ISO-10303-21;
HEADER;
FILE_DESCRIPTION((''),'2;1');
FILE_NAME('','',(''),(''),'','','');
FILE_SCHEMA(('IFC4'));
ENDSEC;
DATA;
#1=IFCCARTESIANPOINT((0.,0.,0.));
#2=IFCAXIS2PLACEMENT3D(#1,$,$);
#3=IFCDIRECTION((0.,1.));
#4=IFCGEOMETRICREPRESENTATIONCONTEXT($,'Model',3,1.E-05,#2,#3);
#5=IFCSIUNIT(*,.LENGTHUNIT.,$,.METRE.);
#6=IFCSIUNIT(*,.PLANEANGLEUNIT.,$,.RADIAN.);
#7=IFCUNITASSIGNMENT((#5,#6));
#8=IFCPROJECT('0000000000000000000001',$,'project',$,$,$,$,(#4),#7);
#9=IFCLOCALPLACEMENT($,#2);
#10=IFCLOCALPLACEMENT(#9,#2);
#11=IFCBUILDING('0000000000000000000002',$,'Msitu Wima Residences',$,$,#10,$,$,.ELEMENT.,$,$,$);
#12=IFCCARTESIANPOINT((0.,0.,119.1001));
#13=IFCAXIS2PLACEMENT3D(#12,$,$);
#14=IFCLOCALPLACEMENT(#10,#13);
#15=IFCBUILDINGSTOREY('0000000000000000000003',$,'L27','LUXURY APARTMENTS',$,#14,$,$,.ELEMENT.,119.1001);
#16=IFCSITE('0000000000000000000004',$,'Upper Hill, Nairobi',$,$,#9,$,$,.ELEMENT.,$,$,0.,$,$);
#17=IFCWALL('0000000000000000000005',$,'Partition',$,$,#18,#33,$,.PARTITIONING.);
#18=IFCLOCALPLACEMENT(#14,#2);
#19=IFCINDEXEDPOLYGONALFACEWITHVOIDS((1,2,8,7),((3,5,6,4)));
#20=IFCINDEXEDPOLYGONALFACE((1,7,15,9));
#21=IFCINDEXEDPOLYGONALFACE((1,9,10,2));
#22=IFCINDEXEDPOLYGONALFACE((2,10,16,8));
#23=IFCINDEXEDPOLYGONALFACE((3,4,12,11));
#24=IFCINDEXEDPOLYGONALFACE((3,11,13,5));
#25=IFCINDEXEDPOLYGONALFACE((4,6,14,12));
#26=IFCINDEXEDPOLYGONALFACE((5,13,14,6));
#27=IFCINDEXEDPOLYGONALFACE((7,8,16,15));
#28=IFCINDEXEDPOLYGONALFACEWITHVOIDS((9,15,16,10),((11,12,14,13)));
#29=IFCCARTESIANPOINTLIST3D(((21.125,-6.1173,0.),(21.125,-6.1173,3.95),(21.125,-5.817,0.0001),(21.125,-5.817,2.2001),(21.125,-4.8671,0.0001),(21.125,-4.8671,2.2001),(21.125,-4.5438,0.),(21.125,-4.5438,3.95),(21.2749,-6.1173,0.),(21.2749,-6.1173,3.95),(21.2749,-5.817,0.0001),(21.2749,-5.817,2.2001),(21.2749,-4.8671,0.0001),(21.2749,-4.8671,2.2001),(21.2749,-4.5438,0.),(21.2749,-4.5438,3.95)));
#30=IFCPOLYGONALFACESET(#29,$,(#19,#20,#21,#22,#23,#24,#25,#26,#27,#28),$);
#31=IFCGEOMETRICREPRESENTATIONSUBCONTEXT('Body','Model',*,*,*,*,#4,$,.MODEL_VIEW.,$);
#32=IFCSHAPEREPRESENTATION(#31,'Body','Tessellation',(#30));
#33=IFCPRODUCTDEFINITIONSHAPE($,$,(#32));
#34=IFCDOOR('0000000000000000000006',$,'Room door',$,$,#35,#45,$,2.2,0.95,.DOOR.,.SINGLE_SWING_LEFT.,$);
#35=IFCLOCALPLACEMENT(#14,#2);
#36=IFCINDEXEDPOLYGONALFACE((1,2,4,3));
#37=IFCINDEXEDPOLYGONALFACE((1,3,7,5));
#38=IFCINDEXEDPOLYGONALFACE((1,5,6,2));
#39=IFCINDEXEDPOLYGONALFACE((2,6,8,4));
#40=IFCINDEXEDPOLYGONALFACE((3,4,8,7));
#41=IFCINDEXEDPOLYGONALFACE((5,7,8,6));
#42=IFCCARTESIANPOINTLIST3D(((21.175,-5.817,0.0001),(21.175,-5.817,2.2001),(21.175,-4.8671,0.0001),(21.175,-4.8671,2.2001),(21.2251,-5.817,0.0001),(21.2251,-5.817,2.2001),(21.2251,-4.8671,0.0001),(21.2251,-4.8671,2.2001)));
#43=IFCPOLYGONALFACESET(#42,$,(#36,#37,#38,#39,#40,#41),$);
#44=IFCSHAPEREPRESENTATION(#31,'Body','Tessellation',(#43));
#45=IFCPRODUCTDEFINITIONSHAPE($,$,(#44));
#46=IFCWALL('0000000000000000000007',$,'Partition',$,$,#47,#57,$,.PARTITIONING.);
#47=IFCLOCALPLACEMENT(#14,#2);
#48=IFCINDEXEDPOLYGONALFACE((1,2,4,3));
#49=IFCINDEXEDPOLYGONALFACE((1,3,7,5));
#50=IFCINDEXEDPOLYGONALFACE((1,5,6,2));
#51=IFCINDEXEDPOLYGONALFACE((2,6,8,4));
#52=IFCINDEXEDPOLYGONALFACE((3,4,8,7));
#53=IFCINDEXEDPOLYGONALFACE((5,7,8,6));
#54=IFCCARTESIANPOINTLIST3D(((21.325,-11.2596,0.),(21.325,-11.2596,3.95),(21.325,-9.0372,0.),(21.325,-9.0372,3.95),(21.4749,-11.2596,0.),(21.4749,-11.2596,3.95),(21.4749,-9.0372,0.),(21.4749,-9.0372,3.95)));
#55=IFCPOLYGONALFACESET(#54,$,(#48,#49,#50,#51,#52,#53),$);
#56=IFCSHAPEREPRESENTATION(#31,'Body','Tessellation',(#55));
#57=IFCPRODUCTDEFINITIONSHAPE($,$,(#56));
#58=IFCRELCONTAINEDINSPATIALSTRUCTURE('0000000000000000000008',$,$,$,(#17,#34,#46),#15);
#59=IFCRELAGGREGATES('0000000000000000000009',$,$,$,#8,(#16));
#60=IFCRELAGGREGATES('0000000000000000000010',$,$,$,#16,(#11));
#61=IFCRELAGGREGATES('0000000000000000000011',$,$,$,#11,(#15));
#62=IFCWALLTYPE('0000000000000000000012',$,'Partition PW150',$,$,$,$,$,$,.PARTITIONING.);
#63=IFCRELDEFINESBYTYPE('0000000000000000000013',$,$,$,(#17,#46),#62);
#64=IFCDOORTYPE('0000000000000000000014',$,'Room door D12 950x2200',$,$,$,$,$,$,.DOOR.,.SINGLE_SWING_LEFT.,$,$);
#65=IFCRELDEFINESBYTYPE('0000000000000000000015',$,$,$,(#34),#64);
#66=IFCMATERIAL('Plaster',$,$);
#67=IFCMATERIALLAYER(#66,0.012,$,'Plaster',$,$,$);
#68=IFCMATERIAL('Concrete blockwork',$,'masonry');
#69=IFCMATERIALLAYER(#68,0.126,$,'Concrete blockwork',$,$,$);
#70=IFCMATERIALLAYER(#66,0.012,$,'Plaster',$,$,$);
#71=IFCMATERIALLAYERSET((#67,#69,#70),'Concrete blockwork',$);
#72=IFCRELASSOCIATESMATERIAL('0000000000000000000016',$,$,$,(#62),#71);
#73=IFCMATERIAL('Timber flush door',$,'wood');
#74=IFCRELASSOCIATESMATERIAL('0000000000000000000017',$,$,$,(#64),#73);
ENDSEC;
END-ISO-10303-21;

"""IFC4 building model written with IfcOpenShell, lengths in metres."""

from ifc_helpers import new_model, si_unit, direction, frame, frame_2d, origin, place, context, subcontext, project, spatial, rectangle, extrude, material, layer, layer_set, type_object, element, fill, save


model = new_model("IFC4")

# Units and contexts
model_context = context("Model", 3, precision=1e-05, world=origin(), true_north=direction((0.0, 1.0)))
body_context = subcontext(model_context, "Body", "Model", "MODEL_VIEW")
ifc_project = project(units=[si_unit("LENGTHUNIT", "METRE"), si_unit("PLANEANGLEUNIT", "RADIAN")], contexts=[model_context])

# Site, building, storey
site_placement = place(None, origin())
site = spatial("IfcSite", under=ifc_project, at=site_placement, Name="Upper Hill, Nairobi", CompositionType="ELEMENT", RefElevation=0.0)
building_placement = place(site_placement, origin())
building = spatial("IfcBuilding", under=site, at=building_placement, Name="Msitu Wima Residences", CompositionType="ELEMENT")
storey_placement = place(building_placement, frame((0.0, 0.0, 119.1001)))
storey = spatial("IfcBuildingStorey", under=building, at=storey_placement, Name="L27", Description="LUXURY APARTMENTS", CompositionType="ELEMENT", Elevation=119.1001)

# Wall, opening, door
ifc_material_1 = material(Name="Plaster")
ifc_layer_1 = layer(ifc_material_1, 0.012, Name="Plaster")
ifc_material_2 = material(Name="Concrete blockwork", Category="masonry")
ifc_layer_2 = layer(ifc_material_2, 0.126, Name="Concrete blockwork")
ifc_layer_3 = layer(ifc_material_1, 0.012, Name="Plaster")
ifc_layer_set_1 = layer_set([ifc_layer_1, ifc_layer_2, ifc_layer_3], Name="Concrete blockwork")
wall_type_1 = type_object("IfcWallType", Name="Partition PW150", PredefinedType="PARTITIONING", material=ifc_layer_set_1)
wall_1_placement = place(storey_placement, frame((21.2, -6.1172, 0.0), z_axis=(0.0, 0.0, 1.0), x_axis=(0.0, 1.0, 0.0)))
wall_1 = element("IfcWall", 1, at=wall_1_placement, inside=storey, type_object=wall_type_1, Name="Partition", PredefinedType="PARTITIONING", context=body_context, shape_type="SweptSolid", body=[
    extrude(rectangle(XDim=1.5735, YDim=0.1499, at=frame_2d((0.7866, 0.0))), origin(), (0.0, 0.0, 1.0), 3.95),
])
opening_1_placement = place(wall_1_placement, frame((0.3, 0.0, 0.0)))
opening_1 = element("IfcOpeningElement", 2, at=opening_1_placement, cuts=wall_1, PredefinedType="OPENING", context=body_context, shape_type="SweptSolid", body=[
    extrude(rectangle(XDim=0.95, YDim=2.2, at=frame_2d((0.4751, 1.1001))), frame((0.0, 0.085, 0.0), z_axis=(0.0, -1.0, 0.0), x_axis=(1.0, 0.0, 0.0)), (0.0, 0.0, 1.0), 0.1699),
])
ifc_material_3 = material(Name="Timber flush door", Category="wood")
door_type = type_object("IfcDoorType", Name="Room door D12 950x2200", OperationType="SINGLE_SWING_LEFT", PredefinedType="DOOR", material=ifc_material_3)
door_placement = place(opening_1_placement, origin())
door = element("IfcDoor", 3, at=door_placement, inside=storey, type_object=door_type, Name="Room door", OperationType="SINGLE_SWING_LEFT", OverallHeight=2.2, OverallWidth=0.95, PredefinedType="DOOR", context=body_context, shape_type="SweptSolid", body=[
    extrude(rectangle(XDim=0.95, YDim=2.2, at=frame_2d((0.4751, 1.1001))), frame((0.0, 0.0249, 0.0), z_axis=(0.0, -1.0, 0.0), x_axis=(1.0, 0.0, 0.0)), (0.0, 0.0, 1.0), 0.05),
])
fill(opening_1, door)

# Wall
wall_2_placement = place(storey_placement, frame((21.3999, -11.2598, 0.0), z_axis=(0.0, 0.0, 1.0), x_axis=(0.0, 1.0, 0.0)))
element("IfcWall", 4, at=wall_2_placement, inside=storey, type_object=wall_type_1, Name="Partition", PredefinedType="PARTITIONING", context=body_context, shape_type="SweptSolid", body=[
    extrude(rectangle(XDim=2.2224, YDim=0.1499, at=frame_2d((1.1113, 0.0))), origin(), (0.0, 0.0, 1.0), 3.95),
])

save(model, "model.ifc")
